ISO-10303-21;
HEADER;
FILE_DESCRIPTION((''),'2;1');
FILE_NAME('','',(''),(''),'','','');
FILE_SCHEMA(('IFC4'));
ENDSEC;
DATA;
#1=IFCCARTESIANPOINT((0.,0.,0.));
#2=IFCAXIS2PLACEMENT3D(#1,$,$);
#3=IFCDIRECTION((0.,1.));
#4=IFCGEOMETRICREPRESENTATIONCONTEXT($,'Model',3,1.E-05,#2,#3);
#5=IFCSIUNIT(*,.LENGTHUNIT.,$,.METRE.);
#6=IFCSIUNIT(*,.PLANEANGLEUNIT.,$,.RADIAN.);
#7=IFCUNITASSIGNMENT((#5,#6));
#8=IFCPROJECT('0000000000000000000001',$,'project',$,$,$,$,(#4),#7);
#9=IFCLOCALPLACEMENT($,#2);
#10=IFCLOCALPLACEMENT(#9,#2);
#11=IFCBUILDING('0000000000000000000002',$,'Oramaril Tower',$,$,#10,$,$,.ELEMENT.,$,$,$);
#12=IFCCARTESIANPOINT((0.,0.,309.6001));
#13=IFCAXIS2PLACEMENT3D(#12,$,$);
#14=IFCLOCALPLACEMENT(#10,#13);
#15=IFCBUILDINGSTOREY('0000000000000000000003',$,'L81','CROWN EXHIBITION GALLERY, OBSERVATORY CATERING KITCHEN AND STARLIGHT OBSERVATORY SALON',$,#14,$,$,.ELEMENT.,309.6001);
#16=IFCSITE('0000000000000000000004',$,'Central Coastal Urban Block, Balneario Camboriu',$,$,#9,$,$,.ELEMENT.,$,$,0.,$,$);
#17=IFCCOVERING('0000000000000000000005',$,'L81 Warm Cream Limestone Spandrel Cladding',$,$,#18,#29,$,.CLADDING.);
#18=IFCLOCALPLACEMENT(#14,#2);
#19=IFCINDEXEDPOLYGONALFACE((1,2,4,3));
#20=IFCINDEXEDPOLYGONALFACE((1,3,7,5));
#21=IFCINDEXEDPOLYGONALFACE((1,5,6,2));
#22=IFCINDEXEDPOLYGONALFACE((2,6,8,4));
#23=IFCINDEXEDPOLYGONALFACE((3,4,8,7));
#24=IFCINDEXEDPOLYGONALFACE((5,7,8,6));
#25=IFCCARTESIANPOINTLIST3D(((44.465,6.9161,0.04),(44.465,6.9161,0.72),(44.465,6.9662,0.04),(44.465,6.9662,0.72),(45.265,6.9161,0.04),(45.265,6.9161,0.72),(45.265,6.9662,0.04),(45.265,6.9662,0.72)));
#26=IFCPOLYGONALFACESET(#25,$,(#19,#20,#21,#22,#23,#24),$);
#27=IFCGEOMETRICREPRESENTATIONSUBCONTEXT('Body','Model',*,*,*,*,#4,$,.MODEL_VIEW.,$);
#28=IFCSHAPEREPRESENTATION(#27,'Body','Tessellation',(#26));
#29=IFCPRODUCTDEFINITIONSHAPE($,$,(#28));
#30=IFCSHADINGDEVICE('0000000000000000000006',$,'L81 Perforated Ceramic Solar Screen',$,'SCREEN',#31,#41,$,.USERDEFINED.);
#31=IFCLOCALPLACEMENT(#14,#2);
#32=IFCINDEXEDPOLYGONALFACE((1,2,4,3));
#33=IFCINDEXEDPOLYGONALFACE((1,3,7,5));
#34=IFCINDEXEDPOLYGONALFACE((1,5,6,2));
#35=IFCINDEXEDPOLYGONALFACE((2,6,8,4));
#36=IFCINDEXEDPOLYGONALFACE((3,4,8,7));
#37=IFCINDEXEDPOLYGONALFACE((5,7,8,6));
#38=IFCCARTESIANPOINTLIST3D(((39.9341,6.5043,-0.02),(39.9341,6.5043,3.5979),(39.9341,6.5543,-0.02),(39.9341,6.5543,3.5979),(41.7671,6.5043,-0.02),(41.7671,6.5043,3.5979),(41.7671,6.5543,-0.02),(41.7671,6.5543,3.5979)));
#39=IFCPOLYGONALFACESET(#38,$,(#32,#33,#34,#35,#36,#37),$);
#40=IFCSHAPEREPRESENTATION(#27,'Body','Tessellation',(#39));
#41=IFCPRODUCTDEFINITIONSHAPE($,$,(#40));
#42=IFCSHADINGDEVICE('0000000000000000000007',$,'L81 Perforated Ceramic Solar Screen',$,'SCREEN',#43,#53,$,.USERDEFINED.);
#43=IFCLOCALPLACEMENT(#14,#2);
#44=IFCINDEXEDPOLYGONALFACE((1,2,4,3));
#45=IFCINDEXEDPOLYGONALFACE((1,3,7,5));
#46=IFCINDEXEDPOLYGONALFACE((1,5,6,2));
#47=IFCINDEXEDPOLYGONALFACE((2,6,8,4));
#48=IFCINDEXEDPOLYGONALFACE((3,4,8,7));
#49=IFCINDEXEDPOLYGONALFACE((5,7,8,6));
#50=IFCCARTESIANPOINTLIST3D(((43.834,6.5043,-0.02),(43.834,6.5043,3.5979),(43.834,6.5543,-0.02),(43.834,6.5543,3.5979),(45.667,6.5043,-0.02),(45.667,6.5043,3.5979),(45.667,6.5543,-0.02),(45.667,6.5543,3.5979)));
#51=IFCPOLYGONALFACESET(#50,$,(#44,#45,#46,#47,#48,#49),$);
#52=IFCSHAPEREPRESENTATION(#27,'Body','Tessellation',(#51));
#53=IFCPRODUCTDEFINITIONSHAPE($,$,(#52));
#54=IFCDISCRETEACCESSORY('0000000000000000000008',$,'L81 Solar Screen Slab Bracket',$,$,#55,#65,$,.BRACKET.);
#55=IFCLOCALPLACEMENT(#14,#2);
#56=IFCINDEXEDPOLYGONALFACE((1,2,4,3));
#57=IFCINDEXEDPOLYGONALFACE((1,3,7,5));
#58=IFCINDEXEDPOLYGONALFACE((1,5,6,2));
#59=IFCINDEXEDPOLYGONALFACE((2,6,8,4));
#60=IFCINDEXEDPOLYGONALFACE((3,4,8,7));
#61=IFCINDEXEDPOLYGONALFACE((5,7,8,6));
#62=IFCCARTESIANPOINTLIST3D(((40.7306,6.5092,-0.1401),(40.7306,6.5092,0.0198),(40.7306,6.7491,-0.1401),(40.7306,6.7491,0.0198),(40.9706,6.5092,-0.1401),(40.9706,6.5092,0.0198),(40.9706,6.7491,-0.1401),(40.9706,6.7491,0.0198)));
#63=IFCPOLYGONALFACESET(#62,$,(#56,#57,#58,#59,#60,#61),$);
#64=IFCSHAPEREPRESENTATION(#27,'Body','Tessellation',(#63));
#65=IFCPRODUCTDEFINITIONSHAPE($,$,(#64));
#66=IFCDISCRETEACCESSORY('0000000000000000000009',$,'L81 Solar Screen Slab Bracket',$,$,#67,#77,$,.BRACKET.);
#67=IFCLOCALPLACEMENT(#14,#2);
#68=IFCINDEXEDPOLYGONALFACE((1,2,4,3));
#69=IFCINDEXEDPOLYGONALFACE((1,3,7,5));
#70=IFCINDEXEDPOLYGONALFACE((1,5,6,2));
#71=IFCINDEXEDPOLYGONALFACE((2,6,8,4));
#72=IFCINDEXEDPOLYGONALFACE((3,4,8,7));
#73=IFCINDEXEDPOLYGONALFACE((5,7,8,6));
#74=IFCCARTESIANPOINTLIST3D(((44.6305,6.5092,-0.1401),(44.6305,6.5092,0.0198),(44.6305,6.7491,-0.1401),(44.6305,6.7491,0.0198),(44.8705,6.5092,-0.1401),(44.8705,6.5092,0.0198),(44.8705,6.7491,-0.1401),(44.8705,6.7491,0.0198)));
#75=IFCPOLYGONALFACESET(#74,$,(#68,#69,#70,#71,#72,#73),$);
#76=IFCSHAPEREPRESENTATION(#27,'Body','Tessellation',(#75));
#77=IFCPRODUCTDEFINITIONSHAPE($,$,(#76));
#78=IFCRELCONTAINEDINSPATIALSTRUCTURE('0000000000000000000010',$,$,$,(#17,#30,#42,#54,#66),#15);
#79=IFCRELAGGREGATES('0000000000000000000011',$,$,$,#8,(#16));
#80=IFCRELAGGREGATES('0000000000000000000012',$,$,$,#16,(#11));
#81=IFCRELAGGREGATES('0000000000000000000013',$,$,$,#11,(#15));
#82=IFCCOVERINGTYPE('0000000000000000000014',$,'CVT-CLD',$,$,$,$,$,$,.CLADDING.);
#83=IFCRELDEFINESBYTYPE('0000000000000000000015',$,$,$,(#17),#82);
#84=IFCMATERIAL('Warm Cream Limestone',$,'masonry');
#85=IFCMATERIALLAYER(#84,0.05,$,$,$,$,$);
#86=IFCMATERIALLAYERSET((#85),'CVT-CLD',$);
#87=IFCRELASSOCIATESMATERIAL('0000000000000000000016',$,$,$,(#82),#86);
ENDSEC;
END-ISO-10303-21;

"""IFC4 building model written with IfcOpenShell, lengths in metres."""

from ifc_helpers import new_model, si_unit, direction, frame, origin, origin_2d, place, context, subcontext, project, spatial, rectangle, extrude, material, layer, layer_set, type_object, element, save


model = new_model("IFC4")

# Units and contexts
model_context = context("Model", 3, precision=1e-05, world=origin(), true_north=direction((0.0, 1.0)))
body_context = subcontext(model_context, "Body", "Model", "MODEL_VIEW")
ifc_project = project(units=[si_unit("LENGTHUNIT", "METRE"), si_unit("PLANEANGLEUNIT", "RADIAN")], contexts=[model_context])

# Site, building, storey
site_placement = place(None, origin())
site = spatial("IfcSite", under=ifc_project, at=site_placement, Name="Central Coastal Urban Block, Balneario Camboriu", CompositionType="ELEMENT", RefElevation=0.0)
building_placement = place(site_placement, origin())
building = spatial("IfcBuilding", under=site, at=building_placement, Name="Oramaril Tower", CompositionType="ELEMENT")
storey_placement = place(building_placement, frame((0.0, 0.0, 309.6001)))
storey = spatial("IfcBuildingStorey", under=building, at=storey_placement, Name="L81", Description="CROWN EXHIBITION GALLERY, OBSERVATORY CATERING KITCHEN AND STARLIGHT OBSERVATORY SALON", CompositionType="ELEMENT", Elevation=309.6001)

# Covering
ifc_material_1 = material(Name="Warm Cream Limestone", Category="masonry")
ifc_layer_1 = layer(ifc_material_1, 0.05)
ifc_layer_set_1 = layer_set([ifc_layer_1], Name="CVT-CLD")
covering_type = type_object("IfcCoveringType", Name="CVT-CLD", PredefinedType="CLADDING", material=ifc_layer_set_1)
covering_1_placement = place(storey_placement, frame((44.865, 6.9412, 0.04), z_axis=(0.0, 0.0, 1.0), x_axis=(1.0, 0.0, 0.0)))
element("IfcCovering", 1, at=covering_1_placement, inside=storey, type_object=covering_type, Name="L81 Warm Cream Limestone Spandrel Cladding", PredefinedType="CLADDING", context=body_context, shape_type="SweptSolid", body=[
    extrude(rectangle(XDim=0.8, YDim=0.05, at=origin_2d()), origin(), (0.0, 0.0, 1.0), 0.6799),
])

# Shading devices
for number, where, z_axis, x_axis, name in (
    (2, (40.8506, 6.5293, -0.02), (0.0, 0.0, 1.0), (1.0, 0.0, 0.0), "L81 Perforated Ceramic Solar Screen"),
    (3, (44.7505, 6.5293, -0.02), (0.0, 0.0, 1.0), (1.0, 0.0, 0.0), "L81 Perforated Ceramic Solar Screen"),
):
    element("IfcShadingDevice", number, at=place(storey_placement, frame(where, z_axis=z_axis, x_axis=x_axis)), inside=storey, Name=name, ObjectType="SCREEN", PredefinedType="USERDEFINED", context=body_context, shape_type="SweptSolid", body=[
        extrude(rectangle(XDim=1.833, YDim=0.05, at=origin_2d()), origin(), (0.0, 0.0, 1.0), 3.6179),
    ])

# Discrete accessories
for number, where, z_axis, x_axis, name in (
    (4, (40.8506, 6.6292, -0.1401), (0.0, 0.0, 1.0), (1.0, 0.0, 0.0), "L81 Solar Screen Slab Bracket"),
    (5, (44.7505, 6.6292, -0.1401), (0.0, 0.0, 1.0), (1.0, 0.0, 0.0), "L81 Solar Screen Slab Bracket"),
):
    element("IfcDiscreteAccessory", number, at=place(storey_placement, frame(where, z_axis=z_axis, x_axis=x_axis)), inside=storey, Name=name, PredefinedType="BRACKET", context=body_context, shape_type="SweptSolid", body=[
        extrude(rectangle(XDim=0.24, YDim=0.24, at=origin_2d()), origin(), (0.0, 0.0, 1.0), 0.1599),
    ])

save(model, "model.ifc")
